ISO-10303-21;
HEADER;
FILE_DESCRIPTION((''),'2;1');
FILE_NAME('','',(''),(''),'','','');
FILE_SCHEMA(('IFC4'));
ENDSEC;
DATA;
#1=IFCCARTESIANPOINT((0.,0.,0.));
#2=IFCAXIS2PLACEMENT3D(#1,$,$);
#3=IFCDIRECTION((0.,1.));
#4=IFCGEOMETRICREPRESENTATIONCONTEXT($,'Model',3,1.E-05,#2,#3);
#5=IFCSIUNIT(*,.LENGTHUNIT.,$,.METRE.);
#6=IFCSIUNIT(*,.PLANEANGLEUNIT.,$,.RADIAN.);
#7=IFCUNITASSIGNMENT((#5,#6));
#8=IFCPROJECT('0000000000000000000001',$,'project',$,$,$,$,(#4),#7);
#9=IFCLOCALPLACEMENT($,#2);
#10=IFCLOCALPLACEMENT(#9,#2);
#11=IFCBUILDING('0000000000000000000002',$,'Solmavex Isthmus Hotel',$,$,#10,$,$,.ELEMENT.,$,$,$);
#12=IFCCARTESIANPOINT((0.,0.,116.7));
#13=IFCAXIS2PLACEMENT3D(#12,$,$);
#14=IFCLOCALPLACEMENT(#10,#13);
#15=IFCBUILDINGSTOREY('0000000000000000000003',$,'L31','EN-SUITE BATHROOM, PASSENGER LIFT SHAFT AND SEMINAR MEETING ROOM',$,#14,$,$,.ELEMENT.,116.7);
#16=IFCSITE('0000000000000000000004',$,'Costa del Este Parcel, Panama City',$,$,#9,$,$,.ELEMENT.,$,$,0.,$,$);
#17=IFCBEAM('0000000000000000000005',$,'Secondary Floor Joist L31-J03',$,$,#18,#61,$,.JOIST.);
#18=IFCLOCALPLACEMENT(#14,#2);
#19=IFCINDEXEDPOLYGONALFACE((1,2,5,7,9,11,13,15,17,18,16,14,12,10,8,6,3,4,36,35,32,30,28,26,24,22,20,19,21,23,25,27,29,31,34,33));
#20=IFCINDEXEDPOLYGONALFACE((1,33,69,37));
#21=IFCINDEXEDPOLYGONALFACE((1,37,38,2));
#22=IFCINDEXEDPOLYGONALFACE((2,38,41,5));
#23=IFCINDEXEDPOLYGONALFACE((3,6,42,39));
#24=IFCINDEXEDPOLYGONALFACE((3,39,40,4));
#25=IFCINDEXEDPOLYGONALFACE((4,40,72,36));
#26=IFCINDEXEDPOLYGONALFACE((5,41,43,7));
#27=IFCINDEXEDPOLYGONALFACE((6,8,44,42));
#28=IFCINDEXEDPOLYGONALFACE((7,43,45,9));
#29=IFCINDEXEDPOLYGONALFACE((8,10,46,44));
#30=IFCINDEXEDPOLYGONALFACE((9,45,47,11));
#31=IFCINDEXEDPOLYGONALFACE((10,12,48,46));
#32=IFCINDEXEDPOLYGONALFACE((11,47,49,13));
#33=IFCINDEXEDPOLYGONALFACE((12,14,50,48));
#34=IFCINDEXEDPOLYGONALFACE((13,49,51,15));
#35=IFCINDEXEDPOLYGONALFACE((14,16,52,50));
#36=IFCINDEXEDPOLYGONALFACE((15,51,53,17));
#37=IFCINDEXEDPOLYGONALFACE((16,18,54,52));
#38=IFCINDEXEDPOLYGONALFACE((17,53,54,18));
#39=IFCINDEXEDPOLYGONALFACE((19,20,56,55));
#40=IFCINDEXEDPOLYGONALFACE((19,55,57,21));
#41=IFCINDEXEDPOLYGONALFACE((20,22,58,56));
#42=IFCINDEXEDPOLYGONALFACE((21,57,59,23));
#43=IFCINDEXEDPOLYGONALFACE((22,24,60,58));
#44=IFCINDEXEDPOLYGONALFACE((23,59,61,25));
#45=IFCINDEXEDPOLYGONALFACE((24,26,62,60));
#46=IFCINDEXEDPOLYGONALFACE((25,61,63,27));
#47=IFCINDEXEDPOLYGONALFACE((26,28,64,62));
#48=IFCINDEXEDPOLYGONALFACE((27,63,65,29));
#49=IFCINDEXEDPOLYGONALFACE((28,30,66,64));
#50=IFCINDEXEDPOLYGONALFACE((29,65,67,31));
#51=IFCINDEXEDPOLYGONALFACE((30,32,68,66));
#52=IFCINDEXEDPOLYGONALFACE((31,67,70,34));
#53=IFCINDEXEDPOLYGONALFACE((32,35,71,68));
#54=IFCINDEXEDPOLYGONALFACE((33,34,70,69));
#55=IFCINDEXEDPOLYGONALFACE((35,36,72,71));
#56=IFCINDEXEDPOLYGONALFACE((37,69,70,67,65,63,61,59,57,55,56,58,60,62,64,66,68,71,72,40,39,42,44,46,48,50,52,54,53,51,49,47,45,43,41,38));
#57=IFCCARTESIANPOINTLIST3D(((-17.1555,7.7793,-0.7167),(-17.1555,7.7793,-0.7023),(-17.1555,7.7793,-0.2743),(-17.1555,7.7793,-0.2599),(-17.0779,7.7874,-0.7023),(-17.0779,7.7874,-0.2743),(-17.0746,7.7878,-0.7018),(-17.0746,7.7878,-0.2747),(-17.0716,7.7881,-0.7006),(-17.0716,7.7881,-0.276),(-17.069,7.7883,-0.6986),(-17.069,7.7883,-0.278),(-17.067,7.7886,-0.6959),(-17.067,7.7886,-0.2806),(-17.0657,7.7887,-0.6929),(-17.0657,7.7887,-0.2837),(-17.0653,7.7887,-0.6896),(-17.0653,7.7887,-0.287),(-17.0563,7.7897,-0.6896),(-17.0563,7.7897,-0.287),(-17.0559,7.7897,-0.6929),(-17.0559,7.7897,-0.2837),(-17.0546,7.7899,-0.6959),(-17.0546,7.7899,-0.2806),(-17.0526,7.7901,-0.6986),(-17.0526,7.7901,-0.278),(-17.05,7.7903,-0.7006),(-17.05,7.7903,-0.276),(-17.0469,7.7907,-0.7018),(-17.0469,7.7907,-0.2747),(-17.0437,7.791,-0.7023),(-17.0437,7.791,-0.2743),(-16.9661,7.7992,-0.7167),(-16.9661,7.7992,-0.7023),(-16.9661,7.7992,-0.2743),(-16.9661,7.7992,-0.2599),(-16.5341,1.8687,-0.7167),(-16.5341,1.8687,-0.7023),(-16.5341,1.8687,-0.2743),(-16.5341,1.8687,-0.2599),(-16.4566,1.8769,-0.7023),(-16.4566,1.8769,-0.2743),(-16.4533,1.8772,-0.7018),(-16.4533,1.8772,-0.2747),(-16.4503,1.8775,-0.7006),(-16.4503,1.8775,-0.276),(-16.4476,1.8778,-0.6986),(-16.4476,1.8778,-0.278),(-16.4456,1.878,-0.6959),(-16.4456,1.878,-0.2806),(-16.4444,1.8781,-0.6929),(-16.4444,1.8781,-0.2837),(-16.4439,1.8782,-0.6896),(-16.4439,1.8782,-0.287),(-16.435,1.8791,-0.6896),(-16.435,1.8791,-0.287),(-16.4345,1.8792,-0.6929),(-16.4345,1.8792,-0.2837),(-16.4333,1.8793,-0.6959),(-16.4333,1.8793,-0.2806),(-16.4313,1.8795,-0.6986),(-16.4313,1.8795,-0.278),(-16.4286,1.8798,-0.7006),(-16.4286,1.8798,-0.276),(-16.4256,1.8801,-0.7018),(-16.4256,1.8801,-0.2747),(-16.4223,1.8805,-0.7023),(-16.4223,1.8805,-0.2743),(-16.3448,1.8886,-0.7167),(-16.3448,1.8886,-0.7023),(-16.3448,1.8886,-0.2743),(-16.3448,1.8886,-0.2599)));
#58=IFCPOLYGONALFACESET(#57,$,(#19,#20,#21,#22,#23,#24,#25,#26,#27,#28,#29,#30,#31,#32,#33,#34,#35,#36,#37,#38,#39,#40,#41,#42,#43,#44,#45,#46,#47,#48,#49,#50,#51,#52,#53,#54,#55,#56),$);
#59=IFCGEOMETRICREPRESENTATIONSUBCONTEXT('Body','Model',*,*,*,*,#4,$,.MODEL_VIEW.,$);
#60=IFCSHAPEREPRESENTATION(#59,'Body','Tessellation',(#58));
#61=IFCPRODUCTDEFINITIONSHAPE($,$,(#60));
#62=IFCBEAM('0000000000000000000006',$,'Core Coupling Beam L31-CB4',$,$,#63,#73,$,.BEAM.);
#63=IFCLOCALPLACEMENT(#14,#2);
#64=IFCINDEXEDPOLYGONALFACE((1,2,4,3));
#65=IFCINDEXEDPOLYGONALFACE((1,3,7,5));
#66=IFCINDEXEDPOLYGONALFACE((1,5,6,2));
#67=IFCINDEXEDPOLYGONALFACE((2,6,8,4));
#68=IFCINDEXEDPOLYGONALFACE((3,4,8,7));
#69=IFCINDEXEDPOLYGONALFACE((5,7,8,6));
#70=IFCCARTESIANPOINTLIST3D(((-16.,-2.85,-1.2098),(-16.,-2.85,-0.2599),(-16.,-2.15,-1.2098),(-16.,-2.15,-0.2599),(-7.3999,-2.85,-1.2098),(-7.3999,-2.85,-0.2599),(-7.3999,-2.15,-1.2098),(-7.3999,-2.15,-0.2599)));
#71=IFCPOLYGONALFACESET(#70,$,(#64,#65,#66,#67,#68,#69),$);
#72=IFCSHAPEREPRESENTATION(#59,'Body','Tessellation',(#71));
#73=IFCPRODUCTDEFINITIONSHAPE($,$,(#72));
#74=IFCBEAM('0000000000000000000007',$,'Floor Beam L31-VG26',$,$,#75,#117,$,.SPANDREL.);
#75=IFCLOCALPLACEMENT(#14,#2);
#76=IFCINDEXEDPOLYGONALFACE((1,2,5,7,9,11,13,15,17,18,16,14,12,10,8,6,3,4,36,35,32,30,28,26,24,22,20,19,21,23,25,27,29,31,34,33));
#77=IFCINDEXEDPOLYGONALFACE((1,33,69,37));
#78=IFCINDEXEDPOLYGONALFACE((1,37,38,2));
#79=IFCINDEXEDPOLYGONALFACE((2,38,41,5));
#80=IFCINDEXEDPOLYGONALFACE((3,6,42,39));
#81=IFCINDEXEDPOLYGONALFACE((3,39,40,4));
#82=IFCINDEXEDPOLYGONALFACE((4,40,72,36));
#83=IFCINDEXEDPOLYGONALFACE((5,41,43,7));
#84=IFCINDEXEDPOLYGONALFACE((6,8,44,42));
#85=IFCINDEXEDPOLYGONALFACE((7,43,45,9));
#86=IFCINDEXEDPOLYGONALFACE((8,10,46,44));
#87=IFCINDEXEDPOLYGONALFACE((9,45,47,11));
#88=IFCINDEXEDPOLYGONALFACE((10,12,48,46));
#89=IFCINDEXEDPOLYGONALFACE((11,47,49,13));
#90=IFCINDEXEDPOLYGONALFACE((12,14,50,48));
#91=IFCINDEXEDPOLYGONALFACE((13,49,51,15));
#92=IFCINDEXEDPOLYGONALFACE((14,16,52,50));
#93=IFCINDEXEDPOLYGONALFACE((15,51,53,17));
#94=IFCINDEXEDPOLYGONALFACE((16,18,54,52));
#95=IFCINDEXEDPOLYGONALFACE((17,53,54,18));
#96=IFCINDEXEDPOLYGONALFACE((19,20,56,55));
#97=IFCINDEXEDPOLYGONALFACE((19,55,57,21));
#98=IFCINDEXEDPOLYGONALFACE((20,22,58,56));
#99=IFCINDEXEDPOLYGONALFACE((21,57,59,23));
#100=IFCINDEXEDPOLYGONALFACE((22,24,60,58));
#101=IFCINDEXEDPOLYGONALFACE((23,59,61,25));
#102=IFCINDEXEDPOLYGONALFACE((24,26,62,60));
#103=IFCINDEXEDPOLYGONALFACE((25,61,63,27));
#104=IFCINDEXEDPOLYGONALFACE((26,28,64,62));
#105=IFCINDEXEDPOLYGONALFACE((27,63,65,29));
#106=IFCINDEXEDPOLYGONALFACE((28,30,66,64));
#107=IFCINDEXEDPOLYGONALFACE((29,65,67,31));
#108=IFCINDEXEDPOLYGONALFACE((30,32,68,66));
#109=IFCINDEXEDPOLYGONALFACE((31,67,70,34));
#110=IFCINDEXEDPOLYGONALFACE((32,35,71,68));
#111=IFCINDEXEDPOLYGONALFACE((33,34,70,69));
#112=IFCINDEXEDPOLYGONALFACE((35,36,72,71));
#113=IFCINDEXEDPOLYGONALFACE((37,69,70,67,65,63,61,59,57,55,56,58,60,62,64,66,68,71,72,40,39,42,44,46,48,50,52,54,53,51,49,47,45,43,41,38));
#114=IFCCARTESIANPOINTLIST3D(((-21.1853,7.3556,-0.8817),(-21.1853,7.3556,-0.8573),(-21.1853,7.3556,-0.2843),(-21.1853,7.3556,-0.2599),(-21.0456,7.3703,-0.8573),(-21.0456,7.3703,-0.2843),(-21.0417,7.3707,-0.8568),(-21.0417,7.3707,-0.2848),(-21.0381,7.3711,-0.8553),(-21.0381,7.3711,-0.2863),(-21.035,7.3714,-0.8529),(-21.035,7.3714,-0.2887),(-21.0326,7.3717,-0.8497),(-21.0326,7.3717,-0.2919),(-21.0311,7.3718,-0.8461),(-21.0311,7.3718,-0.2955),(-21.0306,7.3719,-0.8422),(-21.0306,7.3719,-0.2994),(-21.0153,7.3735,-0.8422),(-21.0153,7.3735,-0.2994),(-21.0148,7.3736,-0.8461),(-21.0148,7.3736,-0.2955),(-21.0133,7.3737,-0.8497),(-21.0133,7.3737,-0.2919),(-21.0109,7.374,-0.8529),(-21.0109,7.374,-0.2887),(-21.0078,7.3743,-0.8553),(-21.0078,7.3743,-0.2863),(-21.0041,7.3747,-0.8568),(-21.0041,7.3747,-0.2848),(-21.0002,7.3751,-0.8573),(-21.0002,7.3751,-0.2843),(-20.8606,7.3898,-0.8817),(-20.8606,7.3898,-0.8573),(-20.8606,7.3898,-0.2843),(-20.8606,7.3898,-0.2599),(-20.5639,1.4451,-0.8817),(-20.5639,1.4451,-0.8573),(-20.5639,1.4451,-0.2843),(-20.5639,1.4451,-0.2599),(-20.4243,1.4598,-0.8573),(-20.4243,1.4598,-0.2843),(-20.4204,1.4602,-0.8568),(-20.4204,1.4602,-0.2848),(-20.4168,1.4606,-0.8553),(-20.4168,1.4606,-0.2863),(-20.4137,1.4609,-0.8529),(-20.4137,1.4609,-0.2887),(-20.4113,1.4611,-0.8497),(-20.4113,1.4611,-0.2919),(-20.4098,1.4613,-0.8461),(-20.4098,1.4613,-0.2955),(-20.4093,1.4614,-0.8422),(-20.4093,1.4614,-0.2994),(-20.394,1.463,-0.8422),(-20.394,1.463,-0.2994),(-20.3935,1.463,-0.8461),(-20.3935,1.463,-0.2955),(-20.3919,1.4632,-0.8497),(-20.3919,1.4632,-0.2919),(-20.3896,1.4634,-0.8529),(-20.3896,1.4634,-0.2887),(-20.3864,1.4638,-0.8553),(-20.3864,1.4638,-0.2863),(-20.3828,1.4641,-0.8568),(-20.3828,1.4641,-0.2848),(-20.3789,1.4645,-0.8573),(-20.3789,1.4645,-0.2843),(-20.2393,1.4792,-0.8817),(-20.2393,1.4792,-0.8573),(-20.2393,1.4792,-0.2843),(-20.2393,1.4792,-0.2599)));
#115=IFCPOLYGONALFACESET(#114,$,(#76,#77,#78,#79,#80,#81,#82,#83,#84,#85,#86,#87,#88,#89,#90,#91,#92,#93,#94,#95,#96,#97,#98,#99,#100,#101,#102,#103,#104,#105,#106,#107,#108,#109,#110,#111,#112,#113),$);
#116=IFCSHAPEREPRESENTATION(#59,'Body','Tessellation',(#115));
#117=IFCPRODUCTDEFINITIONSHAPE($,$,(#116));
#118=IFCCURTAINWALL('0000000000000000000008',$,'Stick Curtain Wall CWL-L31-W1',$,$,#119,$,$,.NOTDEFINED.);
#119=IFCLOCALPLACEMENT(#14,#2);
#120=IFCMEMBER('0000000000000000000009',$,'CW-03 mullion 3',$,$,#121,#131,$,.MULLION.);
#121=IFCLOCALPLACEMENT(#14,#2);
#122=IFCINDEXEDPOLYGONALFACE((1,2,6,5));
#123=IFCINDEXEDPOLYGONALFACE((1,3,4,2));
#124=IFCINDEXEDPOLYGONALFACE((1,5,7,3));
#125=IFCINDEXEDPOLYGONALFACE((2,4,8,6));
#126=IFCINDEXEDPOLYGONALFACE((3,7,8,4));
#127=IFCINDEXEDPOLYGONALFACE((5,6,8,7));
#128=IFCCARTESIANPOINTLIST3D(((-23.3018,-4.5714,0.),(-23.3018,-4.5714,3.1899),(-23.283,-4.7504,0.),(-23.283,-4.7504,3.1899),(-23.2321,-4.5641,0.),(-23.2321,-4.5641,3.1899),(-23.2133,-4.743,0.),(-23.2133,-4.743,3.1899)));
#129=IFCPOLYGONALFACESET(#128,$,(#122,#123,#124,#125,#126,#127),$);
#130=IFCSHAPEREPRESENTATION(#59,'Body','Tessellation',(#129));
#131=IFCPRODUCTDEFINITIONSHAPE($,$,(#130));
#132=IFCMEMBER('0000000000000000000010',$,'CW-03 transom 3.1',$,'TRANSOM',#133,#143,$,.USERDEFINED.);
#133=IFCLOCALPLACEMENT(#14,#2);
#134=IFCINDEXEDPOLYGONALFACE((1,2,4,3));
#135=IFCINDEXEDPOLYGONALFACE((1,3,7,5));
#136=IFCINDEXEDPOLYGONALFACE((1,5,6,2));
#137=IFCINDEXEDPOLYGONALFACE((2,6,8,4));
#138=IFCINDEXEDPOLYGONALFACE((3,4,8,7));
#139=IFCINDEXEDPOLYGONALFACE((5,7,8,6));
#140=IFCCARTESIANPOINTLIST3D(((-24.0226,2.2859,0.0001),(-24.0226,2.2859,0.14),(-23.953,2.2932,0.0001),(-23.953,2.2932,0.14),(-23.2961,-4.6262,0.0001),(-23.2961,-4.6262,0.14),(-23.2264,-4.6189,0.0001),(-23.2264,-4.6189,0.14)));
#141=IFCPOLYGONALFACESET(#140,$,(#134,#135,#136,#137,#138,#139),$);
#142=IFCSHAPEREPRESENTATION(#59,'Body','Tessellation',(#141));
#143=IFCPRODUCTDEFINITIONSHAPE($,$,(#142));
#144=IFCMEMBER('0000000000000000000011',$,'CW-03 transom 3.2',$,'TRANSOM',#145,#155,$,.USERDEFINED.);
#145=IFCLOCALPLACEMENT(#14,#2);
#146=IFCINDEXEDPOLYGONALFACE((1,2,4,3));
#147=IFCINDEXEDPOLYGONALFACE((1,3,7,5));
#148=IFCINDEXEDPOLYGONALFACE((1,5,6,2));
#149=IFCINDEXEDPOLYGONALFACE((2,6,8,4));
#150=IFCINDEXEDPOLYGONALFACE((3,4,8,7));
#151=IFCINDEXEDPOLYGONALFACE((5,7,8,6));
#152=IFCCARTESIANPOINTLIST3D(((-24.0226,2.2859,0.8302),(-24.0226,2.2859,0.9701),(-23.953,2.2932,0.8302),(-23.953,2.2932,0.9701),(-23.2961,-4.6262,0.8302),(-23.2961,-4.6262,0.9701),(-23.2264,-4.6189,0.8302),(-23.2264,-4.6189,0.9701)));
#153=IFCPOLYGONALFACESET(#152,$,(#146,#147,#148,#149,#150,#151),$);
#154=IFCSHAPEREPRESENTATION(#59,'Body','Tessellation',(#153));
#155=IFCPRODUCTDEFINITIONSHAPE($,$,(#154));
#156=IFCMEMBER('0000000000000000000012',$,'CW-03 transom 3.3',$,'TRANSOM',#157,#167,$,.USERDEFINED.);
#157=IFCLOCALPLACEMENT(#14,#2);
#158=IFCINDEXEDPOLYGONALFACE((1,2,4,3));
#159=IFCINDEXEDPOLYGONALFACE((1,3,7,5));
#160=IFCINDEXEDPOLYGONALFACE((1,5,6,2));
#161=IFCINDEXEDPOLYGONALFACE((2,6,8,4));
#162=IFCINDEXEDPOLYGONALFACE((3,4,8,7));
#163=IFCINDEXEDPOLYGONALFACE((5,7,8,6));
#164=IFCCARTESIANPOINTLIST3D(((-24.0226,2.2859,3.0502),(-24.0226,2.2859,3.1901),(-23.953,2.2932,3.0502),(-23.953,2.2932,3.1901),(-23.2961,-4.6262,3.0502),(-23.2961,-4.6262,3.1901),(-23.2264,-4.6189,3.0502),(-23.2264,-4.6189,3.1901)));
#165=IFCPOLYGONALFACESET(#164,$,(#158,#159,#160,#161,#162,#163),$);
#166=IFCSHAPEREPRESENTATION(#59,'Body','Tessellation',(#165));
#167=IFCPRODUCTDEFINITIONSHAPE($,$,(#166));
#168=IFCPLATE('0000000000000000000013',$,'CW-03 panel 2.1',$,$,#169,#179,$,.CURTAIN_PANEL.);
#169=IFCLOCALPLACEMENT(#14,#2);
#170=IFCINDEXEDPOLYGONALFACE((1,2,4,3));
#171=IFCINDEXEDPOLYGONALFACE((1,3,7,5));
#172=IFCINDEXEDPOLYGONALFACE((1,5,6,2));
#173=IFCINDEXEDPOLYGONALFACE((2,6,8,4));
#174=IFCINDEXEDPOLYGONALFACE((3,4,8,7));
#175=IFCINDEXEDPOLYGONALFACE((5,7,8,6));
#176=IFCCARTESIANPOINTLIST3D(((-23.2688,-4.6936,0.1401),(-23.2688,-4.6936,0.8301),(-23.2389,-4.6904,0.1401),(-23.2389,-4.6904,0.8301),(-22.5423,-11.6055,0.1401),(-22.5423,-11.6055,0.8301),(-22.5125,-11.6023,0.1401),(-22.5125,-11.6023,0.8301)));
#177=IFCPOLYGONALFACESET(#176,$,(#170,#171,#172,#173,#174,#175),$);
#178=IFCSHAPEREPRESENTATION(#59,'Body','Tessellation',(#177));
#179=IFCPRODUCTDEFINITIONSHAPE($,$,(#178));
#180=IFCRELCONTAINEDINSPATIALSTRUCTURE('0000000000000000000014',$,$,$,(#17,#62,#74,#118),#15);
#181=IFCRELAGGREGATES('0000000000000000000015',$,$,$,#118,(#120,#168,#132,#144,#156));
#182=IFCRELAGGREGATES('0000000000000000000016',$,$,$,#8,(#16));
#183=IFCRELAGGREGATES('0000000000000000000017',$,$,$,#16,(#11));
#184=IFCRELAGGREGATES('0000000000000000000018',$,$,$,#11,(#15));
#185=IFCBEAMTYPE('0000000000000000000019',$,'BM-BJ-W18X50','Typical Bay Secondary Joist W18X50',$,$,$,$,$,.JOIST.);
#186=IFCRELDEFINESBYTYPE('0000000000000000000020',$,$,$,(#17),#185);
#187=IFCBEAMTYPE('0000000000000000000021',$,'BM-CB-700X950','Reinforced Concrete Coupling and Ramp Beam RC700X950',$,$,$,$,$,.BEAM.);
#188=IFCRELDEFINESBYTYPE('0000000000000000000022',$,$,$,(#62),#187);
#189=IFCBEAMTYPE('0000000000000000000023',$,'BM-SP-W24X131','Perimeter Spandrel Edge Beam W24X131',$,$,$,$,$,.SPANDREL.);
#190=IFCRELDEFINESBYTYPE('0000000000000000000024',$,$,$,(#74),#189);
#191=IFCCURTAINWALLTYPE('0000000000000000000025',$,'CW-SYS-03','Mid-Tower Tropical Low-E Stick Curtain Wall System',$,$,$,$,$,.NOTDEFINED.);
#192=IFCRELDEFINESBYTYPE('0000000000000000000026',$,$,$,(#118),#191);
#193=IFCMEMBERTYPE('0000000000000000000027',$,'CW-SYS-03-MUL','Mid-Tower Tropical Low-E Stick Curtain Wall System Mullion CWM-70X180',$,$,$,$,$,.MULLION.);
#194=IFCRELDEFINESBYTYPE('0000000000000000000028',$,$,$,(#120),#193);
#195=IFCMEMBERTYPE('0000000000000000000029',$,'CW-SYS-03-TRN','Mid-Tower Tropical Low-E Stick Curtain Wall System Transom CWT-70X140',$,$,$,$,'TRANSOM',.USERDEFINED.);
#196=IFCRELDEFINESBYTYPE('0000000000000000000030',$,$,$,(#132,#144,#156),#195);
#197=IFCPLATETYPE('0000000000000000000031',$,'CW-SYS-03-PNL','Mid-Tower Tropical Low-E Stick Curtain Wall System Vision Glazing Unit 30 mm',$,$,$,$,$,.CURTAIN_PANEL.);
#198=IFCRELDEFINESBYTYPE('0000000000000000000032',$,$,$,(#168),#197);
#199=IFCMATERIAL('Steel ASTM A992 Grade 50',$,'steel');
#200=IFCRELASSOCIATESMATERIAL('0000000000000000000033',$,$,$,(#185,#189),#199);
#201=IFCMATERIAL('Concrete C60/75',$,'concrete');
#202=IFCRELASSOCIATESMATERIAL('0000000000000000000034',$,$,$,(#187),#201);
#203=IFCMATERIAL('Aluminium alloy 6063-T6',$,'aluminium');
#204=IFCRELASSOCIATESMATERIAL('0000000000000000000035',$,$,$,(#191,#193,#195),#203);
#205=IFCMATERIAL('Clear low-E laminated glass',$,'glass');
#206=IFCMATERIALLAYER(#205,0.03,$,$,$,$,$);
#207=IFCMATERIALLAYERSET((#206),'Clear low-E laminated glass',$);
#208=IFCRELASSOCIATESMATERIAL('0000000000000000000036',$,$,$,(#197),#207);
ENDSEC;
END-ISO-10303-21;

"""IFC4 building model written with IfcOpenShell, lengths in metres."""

from ifc_helpers import new_model, si_unit, direction, frame, origin, origin_2d, place, context, subcontext, project, spatial, rectangle, i_section, extrude, material, layer, layer_set, material_profile, profile_set, type_object, element, aggregate, save


model = new_model("IFC4")

# Units and contexts
model_context = context("Model", 3, precision=1e-05, world=origin(), true_north=direction((0.0, 1.0)))
body_context = subcontext(model_context, "Body", "Model", "MODEL_VIEW")
ifc_project = project(units=[si_unit("LENGTHUNIT", "METRE"), si_unit("PLANEANGLEUNIT", "RADIAN")], contexts=[model_context])

# Site, building, storey
site_placement = place(None, origin())
site = spatial("IfcSite", under=ifc_project, at=site_placement, Name="Costa del Este Parcel, Panama City", CompositionType="ELEMENT", RefElevation=0.0)
building_placement = place(site_placement, origin())
building = spatial("IfcBuilding", under=site, at=building_placement, Name="Solmavex Isthmus Hotel", CompositionType="ELEMENT")
storey_placement = place(building_placement, frame((0.0, 0.0, 116.7)))
storey = spatial("IfcBuildingStorey", under=building, at=storey_placement, Name="L31", Description="EN-SUITE BATHROOM, PASSENGER LIFT SHAFT AND SEMINAR MEETING ROOM", CompositionType="ELEMENT", Elevation=116.7)

# Shared definitions
ifc_material_1 = material(Name="Concrete C60/75", Category="concrete")

# Beams
ifc_material_2 = material(Name="Steel ASTM A992 Grade 50", Category="steel")
ifc_material_profile_1 = material_profile(ifc_material_2, i_section(OverallWidth=0.1904, OverallDepth=0.4568, WebThickness=0.009, FlangeThickness=0.0144, FilletRadius=0.0127, at=origin_2d()), Name="W18X50")
ifc_profile_set_1 = profile_set([ifc_material_profile_1], Name="Steel ASTM A992 Grade 50")
beam_type_1 = type_object("IfcBeamType", Name="BM-BJ-W18X50", Description="Typical Bay Secondary Joist W18X50", PredefinedType="JOIST", material=ifc_profile_set_1)
beam_1_placement = place(storey_placement, frame((-16.4395, 1.8787, -0.4883), z_axis=(-0.104546, 0.99452, 0.0), x_axis=(-0.99452, -0.104546, 0.0)))
element("IfcBeam", 1, at=beam_1_placement, inside=storey, type_object=beam_type_1, Name="Secondary Floor Joist L31-J03", PredefinedType="JOIST", context=body_context, shape_type="SweptSolid", body=[
    extrude(i_section(OverallWidth=0.1904, OverallDepth=0.4568, WebThickness=0.009, FlangeThickness=0.0144, FilletRadius=0.0127, at=origin_2d()), origin(), (0.0, 0.0, 1.0), 5.9431),
])
ifc_material_profile_2 = material_profile(ifc_material_1, rectangle(XDim=0.7, YDim=0.95, at=origin_2d()), Name="RC700X950")
ifc_profile_set_2 = profile_set([ifc_material_profile_2], Name="Concrete C60/75")
beam_type_2 = type_object("IfcBeamType", Name="BM-CB-700X950", Description="Reinforced Concrete Coupling and Ramp Beam RC700X950", PredefinedType="BEAM", material=ifc_profile_set_2)
beam_2_placement = place(storey_placement, frame((-16.0, -2.5, -0.7349), z_axis=(1.0, 0.0, 0.0), x_axis=(0.0, 1.0, 0.0)))
element("IfcBeam", 2, at=beam_2_placement, inside=storey, type_object=beam_type_2, Name="Core Coupling Beam L31-CB4", PredefinedType="BEAM", context=body_context, shape_type="SweptSolid", body=[
    extrude(rectangle(XDim=0.7, YDim=0.95, at=origin_2d()), origin(), (0.0, 0.0, 1.0), 8.6001),
])
ifc_material_profile_3 = material_profile(ifc_material_2, i_section(OverallWidth=0.3264, OverallDepth=0.6218, WebThickness=0.0154, FlangeThickness=0.0244, FilletRadius=0.0151, at=origin_2d()), Name="W24X131")
ifc_profile_set_3 = profile_set([ifc_material_profile_3], Name="Steel ASTM A992 Grade 50")
beam_type_3 = type_object("IfcBeamType", Name="BM-SP-W24X131", Description="Perimeter Spandrel Edge Beam W24X131", PredefinedType="SPANDREL", material=ifc_profile_set_3)
beam_3_placement = place(storey_placement, frame((-20.4016, 1.4622, -0.5708), z_axis=(-0.104546, 0.99452, 0.0), x_axis=(-0.99452, -0.104546, 0.0)))
element("IfcBeam", 3, at=beam_3_placement, inside=storey, type_object=beam_type_3, Name="Floor Beam L31-VG26", PredefinedType="SPANDREL", context=body_context, shape_type="SweptSolid", body=[
    extrude(i_section(OverallWidth=0.3264, OverallDepth=0.6218, WebThickness=0.0154, FlangeThickness=0.0244, FilletRadius=0.0151, at=origin_2d()), origin(), (0.0, 0.0, 1.0), 5.9431),
])

# Curtain wall, members, plate
ifc_material_3 = material(Name="Aluminium alloy 6063-T6", Category="aluminium")
curtain_wall_type = type_object("IfcCurtainWallType", Name="CW-SYS-03", Description="Mid-Tower Tropical Low-E Stick Curtain Wall System", PredefinedType="NOTDEFINED", material=ifc_material_3)
curtain_wall_placement = place(storey_placement, origin())
curtain_wall = element("IfcCurtainWall", 4, at=curtain_wall_placement, inside=storey, type_object=curtain_wall_type, Name="Stick Curtain Wall CWL-L31-W1", PredefinedType="NOTDEFINED")
ifc_material_profile_4 = material_profile(ifc_material_3, rectangle(XDim=0.0701, YDim=0.1799, at=origin_2d()), Name="CWM-70X180")
ifc_profile_set_4 = profile_set([ifc_material_profile_4], Name="Aluminium alloy 6063-T6")
member_type_1 = type_object("IfcMemberType", Name="CW-SYS-03-MUL", Description="Mid-Tower Tropical Low-E Stick Curtain Wall System Mullion CWM-70X180", PredefinedType="MULLION", material=ifc_profile_set_4)
member_1_placement = place(storey_placement, frame((-23.2576, -4.6572, 0.0), z_axis=(0.0, 0.0, 1.0), x_axis=(-0.994522, -0.104528, 0.0)))
member_1 = element("IfcMember", 5, at=member_1_placement, type_object=member_type_1, Name="CW-03 mullion 3", PredefinedType="MULLION", context=body_context, shape_type="SweptSolid", body=[
    extrude(rectangle(XDim=0.0701, YDim=0.1799, at=origin_2d()), origin(), (0.0, 0.0, 1.0), 3.1899),
])
ifc_material_profile_5 = material_profile(ifc_material_3, rectangle(XDim=0.0701, YDim=0.1399, at=origin_2d()), Name="CWT-70X140")
ifc_profile_set_5 = profile_set([ifc_material_profile_5], Name="Aluminium alloy 6063-T6")
member_type_2 = type_object("IfcMemberType", Name="CW-SYS-03-TRN", Description="Mid-Tower Tropical Low-E Stick Curtain Wall System Transom CWT-70X140", ElementType="TRANSOM", PredefinedType="USERDEFINED", material=ifc_profile_set_5)
member_2_placement = place(storey_placement, frame((-23.2612, -4.6226, 0.0701), z_axis=(-0.104539, 0.994521, 0.0), x_axis=(-0.994521, -0.104539, 0.0)))
member_2 = element("IfcMember", 6, at=member_2_placement, type_object=member_type_2, Name="CW-03 transom 3.1", ObjectType="TRANSOM", PredefinedType="USERDEFINED", context=body_context, shape_type="SweptSolid", body=[
    extrude(rectangle(XDim=0.0701, YDim=0.1399, at=origin_2d()), origin(), (0.0, 0.0, 1.0), 6.9502),
])
member_3_placement = place(storey_placement, frame((-23.2612, -4.6226, 0.9001), z_axis=(-0.104539, 0.994521, 0.0), x_axis=(-0.994521, -0.104539, 0.0)))
member_3 = element("IfcMember", 7, at=member_3_placement, type_object=member_type_2, Name="CW-03 transom 3.2", ObjectType="TRANSOM", PredefinedType="USERDEFINED", context=body_context, shape_type="SweptSolid", body=[
    extrude(rectangle(XDim=0.0701, YDim=0.1399, at=origin_2d()), origin(), (0.0, 0.0, 1.0), 6.9502),
])
member_4_placement = place(storey_placement, frame((-23.2612, -4.6226, 3.1201), z_axis=(-0.104539, 0.994521, 0.0), x_axis=(-0.994521, -0.104539, 0.0)))
member_4 = element("IfcMember", 8, at=member_4_placement, type_object=member_type_2, Name="CW-03 transom 3.3", ObjectType="TRANSOM", PredefinedType="USERDEFINED", context=body_context, shape_type="SweptSolid", body=[
    extrude(rectangle(XDim=0.0701, YDim=0.1399, at=origin_2d()), origin(), (0.0, 0.0, 1.0), 6.9502),
])
ifc_material_4 = material(Name="Clear low-E laminated glass", Category="glass")
ifc_layer_1 = layer(ifc_material_4, 0.03)
ifc_layer_set_1 = layer_set([ifc_layer_1], Name="Clear low-E laminated glass")
plate_type = type_object("IfcPlateType", Name="CW-SYS-03-PNL", Description="Mid-Tower Tropical Low-E Stick Curtain Wall System Vision Glazing Unit 30 mm", PredefinedType="CURTAIN_PANEL", material=ifc_layer_set_1)
plate_1_placement = place(storey_placement, frame((-22.8906, -8.1479, 0.1401), z_axis=(0.0, 0.0, 1.0), x_axis=(-0.104528, 0.994522, 0.0)))
plate_1 = element("IfcPlate", 9, at=plate_1_placement, type_object=plate_type, Name="CW-03 panel 2.1", PredefinedType="CURTAIN_PANEL", context=body_context, shape_type="SweptSolid", body=[
    extrude(rectangle(XDim=6.95, YDim=0.03, at=origin_2d()), origin(), (0.0, 0.0, 1.0), 0.6899),
])
aggregate(curtain_wall, [member_1, plate_1, member_2, member_3, member_4])

save(model, "model.ifc")
